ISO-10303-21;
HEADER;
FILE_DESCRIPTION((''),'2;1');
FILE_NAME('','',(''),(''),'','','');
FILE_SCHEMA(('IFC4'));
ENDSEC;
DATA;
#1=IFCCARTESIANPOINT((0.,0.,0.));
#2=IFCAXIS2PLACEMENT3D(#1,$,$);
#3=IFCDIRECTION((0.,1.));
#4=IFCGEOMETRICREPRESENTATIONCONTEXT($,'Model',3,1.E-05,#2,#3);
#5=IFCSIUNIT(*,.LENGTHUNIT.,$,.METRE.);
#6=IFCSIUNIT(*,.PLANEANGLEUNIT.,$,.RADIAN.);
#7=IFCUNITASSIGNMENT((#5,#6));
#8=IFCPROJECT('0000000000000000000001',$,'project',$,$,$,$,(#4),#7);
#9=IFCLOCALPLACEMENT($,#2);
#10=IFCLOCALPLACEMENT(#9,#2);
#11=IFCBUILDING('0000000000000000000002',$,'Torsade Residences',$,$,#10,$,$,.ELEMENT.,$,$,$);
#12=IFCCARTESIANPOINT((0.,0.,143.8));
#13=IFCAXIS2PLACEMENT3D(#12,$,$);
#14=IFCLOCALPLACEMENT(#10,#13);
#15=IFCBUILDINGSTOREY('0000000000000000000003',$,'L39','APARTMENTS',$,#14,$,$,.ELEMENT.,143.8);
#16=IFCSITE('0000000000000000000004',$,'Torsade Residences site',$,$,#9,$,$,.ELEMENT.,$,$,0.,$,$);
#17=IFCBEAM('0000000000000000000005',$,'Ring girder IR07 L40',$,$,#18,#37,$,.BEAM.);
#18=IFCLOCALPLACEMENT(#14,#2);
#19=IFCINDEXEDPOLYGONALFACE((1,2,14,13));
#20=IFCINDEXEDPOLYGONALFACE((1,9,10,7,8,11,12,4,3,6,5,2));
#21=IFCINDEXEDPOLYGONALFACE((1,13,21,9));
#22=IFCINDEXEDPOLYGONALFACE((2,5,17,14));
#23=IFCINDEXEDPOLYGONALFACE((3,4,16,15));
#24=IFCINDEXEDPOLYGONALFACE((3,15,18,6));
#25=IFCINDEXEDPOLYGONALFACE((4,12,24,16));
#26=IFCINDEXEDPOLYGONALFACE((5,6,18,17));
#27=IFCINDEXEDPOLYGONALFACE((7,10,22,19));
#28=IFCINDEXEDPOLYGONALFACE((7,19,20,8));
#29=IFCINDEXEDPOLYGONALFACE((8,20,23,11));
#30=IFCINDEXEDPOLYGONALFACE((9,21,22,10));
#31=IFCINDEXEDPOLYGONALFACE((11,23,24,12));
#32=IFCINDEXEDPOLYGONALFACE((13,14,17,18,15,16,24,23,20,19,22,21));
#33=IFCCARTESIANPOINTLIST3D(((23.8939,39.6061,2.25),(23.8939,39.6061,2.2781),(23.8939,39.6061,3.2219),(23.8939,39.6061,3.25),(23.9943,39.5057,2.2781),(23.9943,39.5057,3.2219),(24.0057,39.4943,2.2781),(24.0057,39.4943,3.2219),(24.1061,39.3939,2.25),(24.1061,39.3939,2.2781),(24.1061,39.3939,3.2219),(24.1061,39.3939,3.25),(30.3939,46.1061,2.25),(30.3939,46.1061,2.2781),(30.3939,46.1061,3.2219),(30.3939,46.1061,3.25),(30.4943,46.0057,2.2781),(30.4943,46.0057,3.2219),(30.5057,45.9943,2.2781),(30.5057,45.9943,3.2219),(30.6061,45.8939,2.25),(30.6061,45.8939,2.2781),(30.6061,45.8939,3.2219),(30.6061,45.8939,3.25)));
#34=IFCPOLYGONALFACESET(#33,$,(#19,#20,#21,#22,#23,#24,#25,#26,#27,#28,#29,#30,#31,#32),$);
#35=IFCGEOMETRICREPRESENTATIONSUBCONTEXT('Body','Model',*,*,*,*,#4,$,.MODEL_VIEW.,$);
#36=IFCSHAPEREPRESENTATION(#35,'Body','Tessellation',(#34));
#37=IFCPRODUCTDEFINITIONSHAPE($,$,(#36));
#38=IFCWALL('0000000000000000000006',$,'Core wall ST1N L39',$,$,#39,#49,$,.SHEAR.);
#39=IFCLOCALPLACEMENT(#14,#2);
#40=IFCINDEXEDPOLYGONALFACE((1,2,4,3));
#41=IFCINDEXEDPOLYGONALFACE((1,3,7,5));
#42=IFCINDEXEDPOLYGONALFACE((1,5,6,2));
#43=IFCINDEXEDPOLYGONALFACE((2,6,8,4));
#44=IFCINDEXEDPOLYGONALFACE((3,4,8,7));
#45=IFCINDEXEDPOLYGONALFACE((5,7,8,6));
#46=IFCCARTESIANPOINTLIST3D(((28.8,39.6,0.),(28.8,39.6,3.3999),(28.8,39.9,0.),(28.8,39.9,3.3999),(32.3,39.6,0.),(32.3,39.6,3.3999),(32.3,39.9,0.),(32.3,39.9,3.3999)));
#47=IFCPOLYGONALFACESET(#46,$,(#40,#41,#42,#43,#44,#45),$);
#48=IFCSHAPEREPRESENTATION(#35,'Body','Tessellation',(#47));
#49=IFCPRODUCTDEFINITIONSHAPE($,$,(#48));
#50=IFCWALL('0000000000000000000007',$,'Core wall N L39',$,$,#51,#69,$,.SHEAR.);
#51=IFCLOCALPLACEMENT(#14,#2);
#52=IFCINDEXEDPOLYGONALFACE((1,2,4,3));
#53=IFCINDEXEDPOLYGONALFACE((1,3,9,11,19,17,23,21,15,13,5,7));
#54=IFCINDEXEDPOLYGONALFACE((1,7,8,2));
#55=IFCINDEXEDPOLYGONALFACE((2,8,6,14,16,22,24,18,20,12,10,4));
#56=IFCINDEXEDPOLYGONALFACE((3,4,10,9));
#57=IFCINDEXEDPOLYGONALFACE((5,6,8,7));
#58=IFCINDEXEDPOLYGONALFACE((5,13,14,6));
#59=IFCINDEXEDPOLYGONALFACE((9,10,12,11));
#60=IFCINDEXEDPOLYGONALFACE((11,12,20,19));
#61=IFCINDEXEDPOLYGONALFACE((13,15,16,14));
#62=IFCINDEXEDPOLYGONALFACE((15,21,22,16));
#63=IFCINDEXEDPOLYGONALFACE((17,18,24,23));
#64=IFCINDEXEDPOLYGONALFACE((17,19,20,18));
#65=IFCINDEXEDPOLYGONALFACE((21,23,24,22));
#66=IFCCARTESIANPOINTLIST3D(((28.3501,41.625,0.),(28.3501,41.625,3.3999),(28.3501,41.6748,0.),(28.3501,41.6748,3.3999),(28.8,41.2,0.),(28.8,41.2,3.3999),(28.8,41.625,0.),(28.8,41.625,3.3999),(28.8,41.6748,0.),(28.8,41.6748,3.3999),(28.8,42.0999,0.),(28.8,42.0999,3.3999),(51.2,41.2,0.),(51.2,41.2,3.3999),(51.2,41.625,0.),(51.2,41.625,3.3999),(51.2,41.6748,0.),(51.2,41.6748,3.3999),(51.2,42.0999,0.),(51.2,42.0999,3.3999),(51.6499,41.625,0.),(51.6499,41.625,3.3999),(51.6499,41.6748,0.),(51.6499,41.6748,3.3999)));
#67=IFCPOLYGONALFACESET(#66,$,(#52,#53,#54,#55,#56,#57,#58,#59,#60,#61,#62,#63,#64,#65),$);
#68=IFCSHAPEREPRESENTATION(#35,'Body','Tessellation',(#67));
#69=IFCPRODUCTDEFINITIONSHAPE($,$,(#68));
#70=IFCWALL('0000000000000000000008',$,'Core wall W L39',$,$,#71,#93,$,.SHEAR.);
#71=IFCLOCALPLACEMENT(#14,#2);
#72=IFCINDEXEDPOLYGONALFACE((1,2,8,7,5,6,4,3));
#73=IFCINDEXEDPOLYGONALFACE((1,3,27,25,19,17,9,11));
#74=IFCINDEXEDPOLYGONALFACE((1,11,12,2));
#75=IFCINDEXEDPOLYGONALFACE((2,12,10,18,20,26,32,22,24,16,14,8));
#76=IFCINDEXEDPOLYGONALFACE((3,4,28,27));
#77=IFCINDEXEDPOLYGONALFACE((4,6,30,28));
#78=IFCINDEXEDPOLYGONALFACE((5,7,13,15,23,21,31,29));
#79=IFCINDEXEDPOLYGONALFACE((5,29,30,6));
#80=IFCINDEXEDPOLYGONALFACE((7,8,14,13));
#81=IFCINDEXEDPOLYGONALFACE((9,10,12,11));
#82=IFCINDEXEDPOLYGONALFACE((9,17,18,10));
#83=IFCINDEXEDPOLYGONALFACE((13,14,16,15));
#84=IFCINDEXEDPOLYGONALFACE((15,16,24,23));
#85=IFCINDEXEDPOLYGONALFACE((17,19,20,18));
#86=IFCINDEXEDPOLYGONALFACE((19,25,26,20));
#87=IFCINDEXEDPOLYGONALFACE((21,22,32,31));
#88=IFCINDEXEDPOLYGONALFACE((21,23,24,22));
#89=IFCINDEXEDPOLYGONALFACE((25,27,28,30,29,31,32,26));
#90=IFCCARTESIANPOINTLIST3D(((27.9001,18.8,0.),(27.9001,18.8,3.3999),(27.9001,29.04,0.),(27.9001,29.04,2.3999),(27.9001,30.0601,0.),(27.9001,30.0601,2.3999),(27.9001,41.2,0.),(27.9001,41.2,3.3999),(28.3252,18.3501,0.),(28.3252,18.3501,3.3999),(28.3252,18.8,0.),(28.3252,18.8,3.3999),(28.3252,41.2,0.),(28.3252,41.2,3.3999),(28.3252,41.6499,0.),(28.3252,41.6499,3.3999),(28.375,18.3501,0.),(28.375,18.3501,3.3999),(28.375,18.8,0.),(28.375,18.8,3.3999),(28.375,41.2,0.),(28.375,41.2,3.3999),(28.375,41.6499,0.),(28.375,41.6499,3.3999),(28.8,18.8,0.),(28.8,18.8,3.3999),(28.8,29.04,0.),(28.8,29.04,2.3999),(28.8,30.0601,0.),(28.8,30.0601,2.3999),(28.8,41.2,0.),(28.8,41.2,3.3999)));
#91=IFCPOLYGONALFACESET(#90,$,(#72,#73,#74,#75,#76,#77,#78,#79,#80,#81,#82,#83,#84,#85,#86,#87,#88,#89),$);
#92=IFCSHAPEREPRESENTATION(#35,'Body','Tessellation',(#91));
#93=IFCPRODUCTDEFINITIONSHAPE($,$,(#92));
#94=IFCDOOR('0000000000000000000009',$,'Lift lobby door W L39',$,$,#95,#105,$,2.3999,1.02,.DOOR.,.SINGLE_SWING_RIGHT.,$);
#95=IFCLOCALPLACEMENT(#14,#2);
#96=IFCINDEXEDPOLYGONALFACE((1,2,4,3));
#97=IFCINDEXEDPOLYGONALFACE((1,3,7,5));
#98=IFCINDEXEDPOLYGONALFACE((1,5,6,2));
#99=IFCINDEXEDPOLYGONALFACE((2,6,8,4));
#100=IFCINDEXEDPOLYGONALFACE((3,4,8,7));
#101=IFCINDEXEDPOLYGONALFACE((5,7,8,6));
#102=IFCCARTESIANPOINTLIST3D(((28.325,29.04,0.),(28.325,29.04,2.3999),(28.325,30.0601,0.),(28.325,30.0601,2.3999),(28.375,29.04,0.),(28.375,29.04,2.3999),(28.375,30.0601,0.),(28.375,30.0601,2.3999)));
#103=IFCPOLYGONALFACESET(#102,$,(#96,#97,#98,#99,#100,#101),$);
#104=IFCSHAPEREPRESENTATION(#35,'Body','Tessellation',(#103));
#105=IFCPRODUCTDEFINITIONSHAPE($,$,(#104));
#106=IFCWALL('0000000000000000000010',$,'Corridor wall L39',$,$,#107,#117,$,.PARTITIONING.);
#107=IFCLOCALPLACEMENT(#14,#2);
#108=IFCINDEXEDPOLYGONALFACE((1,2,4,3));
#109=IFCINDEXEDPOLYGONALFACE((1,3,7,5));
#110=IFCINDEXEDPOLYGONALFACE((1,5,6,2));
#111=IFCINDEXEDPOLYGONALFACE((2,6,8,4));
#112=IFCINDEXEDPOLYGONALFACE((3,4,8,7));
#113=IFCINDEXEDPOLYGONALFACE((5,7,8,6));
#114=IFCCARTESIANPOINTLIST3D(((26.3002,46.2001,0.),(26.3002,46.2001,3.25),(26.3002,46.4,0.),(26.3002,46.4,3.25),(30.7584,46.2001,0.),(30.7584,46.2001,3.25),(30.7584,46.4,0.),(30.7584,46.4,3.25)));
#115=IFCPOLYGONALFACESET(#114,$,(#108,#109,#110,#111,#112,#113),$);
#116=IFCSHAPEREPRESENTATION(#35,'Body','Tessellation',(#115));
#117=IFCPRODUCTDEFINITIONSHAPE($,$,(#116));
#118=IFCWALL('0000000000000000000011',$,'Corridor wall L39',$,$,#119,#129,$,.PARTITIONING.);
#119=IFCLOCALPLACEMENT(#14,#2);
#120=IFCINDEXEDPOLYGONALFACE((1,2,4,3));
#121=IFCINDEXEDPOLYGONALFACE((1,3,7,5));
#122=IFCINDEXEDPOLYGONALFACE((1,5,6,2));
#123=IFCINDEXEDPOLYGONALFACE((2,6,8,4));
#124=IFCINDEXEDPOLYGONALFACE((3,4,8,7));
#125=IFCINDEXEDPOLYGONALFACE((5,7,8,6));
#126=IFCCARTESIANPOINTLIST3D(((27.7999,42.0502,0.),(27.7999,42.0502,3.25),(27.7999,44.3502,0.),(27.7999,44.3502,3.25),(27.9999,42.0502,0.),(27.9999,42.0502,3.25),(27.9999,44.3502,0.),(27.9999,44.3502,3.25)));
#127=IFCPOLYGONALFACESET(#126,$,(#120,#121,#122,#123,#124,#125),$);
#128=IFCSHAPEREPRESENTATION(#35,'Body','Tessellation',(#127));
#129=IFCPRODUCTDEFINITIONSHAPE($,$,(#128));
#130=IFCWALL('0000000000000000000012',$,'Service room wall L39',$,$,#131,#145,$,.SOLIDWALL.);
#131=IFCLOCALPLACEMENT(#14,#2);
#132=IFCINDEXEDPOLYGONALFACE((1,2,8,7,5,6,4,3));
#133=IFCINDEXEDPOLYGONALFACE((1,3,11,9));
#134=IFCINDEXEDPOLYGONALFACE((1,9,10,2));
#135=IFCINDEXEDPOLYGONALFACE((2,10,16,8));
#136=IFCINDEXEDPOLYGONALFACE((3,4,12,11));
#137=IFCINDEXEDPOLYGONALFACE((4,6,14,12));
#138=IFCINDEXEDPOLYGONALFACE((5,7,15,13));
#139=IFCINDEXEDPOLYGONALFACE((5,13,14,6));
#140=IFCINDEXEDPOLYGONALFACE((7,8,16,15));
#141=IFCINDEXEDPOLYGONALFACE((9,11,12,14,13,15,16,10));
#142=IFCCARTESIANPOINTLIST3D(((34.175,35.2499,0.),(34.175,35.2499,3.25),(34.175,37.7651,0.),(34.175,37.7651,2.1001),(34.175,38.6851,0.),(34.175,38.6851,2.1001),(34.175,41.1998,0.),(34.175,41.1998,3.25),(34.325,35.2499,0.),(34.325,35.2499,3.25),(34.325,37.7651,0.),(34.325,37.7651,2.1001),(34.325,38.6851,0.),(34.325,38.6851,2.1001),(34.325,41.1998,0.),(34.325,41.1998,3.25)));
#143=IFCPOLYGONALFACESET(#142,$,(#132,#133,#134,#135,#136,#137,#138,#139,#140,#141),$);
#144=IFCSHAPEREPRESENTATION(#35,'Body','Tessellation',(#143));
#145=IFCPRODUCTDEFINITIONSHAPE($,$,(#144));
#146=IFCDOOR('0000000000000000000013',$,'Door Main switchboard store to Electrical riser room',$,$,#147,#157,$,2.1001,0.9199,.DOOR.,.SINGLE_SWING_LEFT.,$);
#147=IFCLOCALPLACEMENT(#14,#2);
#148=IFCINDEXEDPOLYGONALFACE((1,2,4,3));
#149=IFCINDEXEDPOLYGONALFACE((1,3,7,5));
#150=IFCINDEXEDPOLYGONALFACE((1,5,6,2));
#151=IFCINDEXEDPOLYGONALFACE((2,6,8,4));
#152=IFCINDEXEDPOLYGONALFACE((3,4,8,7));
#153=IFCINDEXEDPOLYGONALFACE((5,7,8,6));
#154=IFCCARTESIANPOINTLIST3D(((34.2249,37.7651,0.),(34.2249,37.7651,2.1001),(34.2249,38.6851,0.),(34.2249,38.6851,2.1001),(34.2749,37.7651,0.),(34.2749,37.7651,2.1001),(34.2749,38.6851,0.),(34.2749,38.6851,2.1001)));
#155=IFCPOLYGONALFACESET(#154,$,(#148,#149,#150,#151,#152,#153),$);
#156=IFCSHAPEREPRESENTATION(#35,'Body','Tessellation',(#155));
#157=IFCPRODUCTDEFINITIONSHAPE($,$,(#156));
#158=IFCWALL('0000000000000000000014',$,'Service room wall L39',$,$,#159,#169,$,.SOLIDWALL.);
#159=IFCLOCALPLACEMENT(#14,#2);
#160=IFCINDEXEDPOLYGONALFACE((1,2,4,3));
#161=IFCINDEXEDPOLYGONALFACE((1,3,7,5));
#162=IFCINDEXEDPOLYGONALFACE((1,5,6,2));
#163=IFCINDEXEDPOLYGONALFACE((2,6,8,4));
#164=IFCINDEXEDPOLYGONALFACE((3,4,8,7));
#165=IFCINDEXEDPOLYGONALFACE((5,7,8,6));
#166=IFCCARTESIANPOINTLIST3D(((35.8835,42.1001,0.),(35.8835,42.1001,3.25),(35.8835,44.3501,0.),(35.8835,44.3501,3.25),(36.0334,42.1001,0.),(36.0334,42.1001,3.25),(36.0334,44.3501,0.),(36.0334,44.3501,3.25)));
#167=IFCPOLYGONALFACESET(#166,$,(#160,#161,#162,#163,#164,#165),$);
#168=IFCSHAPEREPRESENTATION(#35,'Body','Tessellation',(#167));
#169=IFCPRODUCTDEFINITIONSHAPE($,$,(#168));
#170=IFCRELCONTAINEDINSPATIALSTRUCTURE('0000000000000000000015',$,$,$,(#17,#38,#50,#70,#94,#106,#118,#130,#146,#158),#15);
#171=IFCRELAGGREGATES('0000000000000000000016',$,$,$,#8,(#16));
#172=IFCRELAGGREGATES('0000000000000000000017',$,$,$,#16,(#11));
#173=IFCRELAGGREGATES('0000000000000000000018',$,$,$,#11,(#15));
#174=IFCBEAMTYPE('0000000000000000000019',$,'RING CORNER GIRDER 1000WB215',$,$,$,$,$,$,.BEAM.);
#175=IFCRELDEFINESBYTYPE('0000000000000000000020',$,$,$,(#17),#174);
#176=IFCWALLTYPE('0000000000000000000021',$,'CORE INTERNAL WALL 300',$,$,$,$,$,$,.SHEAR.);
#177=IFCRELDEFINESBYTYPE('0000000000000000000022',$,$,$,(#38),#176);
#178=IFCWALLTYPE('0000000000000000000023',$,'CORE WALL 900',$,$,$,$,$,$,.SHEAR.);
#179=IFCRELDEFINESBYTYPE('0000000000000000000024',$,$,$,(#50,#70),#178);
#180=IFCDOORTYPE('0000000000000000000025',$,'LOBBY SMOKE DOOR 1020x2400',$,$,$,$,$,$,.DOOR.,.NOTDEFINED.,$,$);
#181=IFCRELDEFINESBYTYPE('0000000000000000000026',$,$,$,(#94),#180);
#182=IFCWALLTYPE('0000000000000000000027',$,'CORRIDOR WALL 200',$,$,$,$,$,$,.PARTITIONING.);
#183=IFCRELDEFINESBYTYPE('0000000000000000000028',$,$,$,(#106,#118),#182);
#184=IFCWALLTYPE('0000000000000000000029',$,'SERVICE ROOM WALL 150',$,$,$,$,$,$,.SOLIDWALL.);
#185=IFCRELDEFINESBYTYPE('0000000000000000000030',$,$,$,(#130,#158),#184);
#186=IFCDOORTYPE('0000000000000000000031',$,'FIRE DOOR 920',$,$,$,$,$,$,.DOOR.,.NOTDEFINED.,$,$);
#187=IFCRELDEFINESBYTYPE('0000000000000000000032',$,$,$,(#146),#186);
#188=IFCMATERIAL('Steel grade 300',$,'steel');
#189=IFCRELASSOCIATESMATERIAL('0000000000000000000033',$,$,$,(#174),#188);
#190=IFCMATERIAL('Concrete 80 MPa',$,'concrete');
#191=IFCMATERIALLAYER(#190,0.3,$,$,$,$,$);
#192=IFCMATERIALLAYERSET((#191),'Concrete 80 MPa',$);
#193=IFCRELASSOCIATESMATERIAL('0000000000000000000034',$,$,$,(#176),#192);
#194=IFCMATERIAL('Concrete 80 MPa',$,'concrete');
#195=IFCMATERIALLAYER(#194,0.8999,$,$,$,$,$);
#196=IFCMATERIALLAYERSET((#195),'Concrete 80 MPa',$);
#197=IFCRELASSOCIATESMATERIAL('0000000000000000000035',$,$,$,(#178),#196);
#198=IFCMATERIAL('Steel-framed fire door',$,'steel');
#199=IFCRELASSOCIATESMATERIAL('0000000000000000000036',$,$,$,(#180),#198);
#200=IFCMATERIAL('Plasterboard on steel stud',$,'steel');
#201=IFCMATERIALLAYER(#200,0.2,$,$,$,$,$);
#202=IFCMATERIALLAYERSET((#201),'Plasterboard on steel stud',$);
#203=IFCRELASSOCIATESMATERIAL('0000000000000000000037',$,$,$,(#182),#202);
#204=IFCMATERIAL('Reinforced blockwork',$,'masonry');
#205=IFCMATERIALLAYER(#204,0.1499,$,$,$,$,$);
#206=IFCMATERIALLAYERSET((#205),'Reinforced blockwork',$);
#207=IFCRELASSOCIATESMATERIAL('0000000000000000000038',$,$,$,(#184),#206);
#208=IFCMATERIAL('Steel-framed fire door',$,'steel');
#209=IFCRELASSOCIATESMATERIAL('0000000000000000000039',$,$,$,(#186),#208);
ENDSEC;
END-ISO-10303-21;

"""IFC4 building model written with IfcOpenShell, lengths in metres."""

from ifc_helpers import new_model, si_unit, direction, frame, frame_2d, origin, origin_2d, place, context, subcontext, project, spatial, polyline, rectangle, i_section, outline, extrude, material, layer, layer_set, material_profile, profile_set, type_object, element, fill, save


model = new_model("IFC4")

# Units and contexts
model_context = context("Model", 3, precision=1e-05, world=origin(), true_north=direction((0.0, 1.0)))
body_context = subcontext(model_context, "Body", "Model", "MODEL_VIEW")
ifc_project = project(units=[si_unit("LENGTHUNIT", "METRE"), si_unit("PLANEANGLEUNIT", "RADIAN")], contexts=[model_context])

# Site, building, storey
site_placement = place(None, origin())
site = spatial("IfcSite", under=ifc_project, at=site_placement, Name="Torsade Residences site", CompositionType="ELEMENT", RefElevation=0.0)
building_placement = place(site_placement, origin())
building = spatial("IfcBuilding", under=site, at=building_placement, Name="Torsade Residences", CompositionType="ELEMENT")
storey_placement = place(building_placement, frame((0.0, 0.0, 143.8)))
storey = spatial("IfcBuildingStorey", under=building, at=storey_placement, Name="L39", Description="APARTMENTS", CompositionType="ELEMENT", Elevation=143.8)

# Beam
ifc_material_1 = material(Name="Steel grade 300", Category="steel")
ifc_material_profile_1 = material_profile(ifc_material_1, i_section(OverallWidth=0.3, OverallDepth=1.0, WebThickness=0.0161, FlangeThickness=0.0281, at=origin_2d()), Name="1000WB215")
ifc_profile_set_1 = profile_set([ifc_material_profile_1], Name="Steel grade 300")
beam_type_1 = type_object("IfcBeamType", Name="RING CORNER GIRDER 1000WB215", PredefinedType="BEAM", material=ifc_profile_set_1)
beam_1_placement = place(storey_placement, frame((30.5, 46.0, 2.75), z_axis=(-0.707107, -0.707107, 0.0), x_axis=(0.707107, -0.707107, 0.0)))
element("IfcBeam", 1, at=beam_1_placement, inside=storey, type_object=beam_type_1, Name="Ring girder IR07 L40", PredefinedType="BEAM", context=body_context, shape_type="SweptSolid", body=[
    extrude(i_section(OverallWidth=0.3, OverallDepth=1.0, WebThickness=0.0161, FlangeThickness=0.0281, at=origin_2d()), origin(), (0.0, 0.0, 1.0), 9.1924),
])

# Walls
ifc_material_2 = material(Name="Concrete 80 MPa", Category="concrete")
ifc_layer_1 = layer(ifc_material_2, 0.3)
ifc_layer_set_1 = layer_set([ifc_layer_1], Name="Concrete 80 MPa")
wall_type_1 = type_object("IfcWallType", Name="CORE INTERNAL WALL 300", PredefinedType="SHEAR", material=ifc_layer_set_1)
wall_1_placement = place(storey_placement, frame((28.8, 39.75, 0.0), z_axis=(0.0, 0.0, 1.0), x_axis=(1.0, 0.0, 0.0)))
element("IfcWall", 2, at=wall_1_placement, inside=storey, type_object=wall_type_1, Name="Core wall ST1N L39", PredefinedType="SHEAR", context=body_context, shape_type="SweptSolid", body=[
    extrude(rectangle(XDim=3.5, YDim=0.3, at=frame_2d((1.75, 0.0))), origin(), (0.0, 0.0, 1.0), 3.3999),
])
ifc_material_3 = material(Name="Concrete 80 MPa", Category="concrete")
ifc_layer_2 = layer(ifc_material_3, 0.8999)
ifc_layer_set_2 = layer_set([ifc_layer_2], Name="Concrete 80 MPa")
wall_type_2 = type_object("IfcWallType", Name="CORE WALL 900", PredefinedType="SHEAR", material=ifc_layer_set_2)
wall_2_placement = place(storey_placement, frame((28.8, 41.6499, 0.0), z_axis=(0.0, 0.0, 1.0), x_axis=(1.0, 0.0, 0.0)))
element("IfcWall", 3, at=wall_2_placement, inside=storey, type_object=wall_type_2, Name="Core wall N L39", PredefinedType="SHEAR", context=body_context, shape_type="SweptSolid", body=[
    extrude(outline(polyline([(0.0, -0.45), (22.3999, -0.45), (22.3999, -0.0249), (22.8499, -0.0249), (22.8499, 0.0249), (22.3999, 0.0249), (22.3999, 0.45), (0.0, 0.45), (0.0, 0.0249), (-0.45, 0.0249), (-0.45, -0.0249), (0.0, -0.0249), (0.0, -0.45)])), origin(), (0.0, 0.0, 1.0), 3.3999),
])

# Wall, opening, door
wall_3_placement = place(storey_placement, frame((28.3501, 41.2, 0.0), z_axis=(0.0, 0.0, 1.0), x_axis=(0.0, -1.0, 0.0)))
wall_3 = element("IfcWall", 4, at=wall_3_placement, inside=storey, type_object=wall_type_2, Name="Core wall W L39", PredefinedType="SHEAR", context=body_context, shape_type="SweptSolid", body=[
    extrude(outline(polyline([(0.0, -0.45), (22.3999, -0.45), (22.3999, -0.0249), (22.8499, -0.0249), (22.8499, 0.0249), (22.3999, 0.0249), (22.3999, 0.45), (0.0, 0.45), (0.0, 0.0249), (-0.45, 0.0249), (-0.45, -0.0249), (0.0, -0.0249), (0.0, -0.45)])), origin(), (0.0, 0.0, 1.0), 3.3999),
])
opening_1_placement = place(wall_3_placement, frame((11.1399, 0.0, 0.0)))
opening_1 = element("IfcOpeningElement", 5, at=opening_1_placement, cuts=wall_3, PredefinedType="OPENING", context=body_context, shape_type="SweptSolid", body=[
    extrude(rectangle(XDim=1.02, YDim=2.3999, at=frame_2d((0.51, 1.2))), frame((0.0, 0.46, 0.0), z_axis=(0.0, -1.0, 0.0), x_axis=(1.0, 0.0, 0.0)), (0.0, 0.0, 1.0), 0.9199),
])
ifc_material_4 = material(Name="Steel-framed fire door", Category="steel")
door_type_1 = type_object("IfcDoorType", Name="LOBBY SMOKE DOOR 1020x2400", OperationType="NOTDEFINED", PredefinedType="DOOR", material=ifc_material_4)
door_1_placement = place(opening_1_placement, origin())
door_1 = element("IfcDoor", 6, at=door_1_placement, inside=storey, type_object=door_type_1, Name="Lift lobby door W L39", OperationType="SINGLE_SWING_RIGHT", OverallHeight=2.3999, OverallWidth=1.02, PredefinedType="DOOR", context=body_context, shape_type="SweptSolid", body=[
    extrude(rectangle(XDim=1.02, YDim=2.3999, at=frame_2d((0.51, 1.2))), frame((0.0, 0.0249, 0.0), z_axis=(0.0, -1.0, 0.0), x_axis=(1.0, 0.0, 0.0)), (0.0, 0.0, 1.0), 0.05),
])
fill(opening_1, door_1)

# Walls
ifc_material_5 = material(Name="Plasterboard on steel stud", Category="steel")
ifc_layer_3 = layer(ifc_material_5, 0.2)
ifc_layer_set_3 = layer_set([ifc_layer_3], Name="Plasterboard on steel stud")
wall_type_3 = type_object("IfcWallType", Name="CORRIDOR WALL 200", PredefinedType="PARTITIONING", material=ifc_layer_set_3)
wall_4_placement = place(storey_placement, frame((30.7583, 46.3, 0.0), z_axis=(0.0, 0.0, 1.0), x_axis=(-1.0, 0.0, 0.0)))
element("IfcWall", 7, at=wall_4_placement, inside=storey, type_object=wall_type_3, Name="Corridor wall L39", PredefinedType="PARTITIONING", context=body_context, shape_type="SweptSolid", body=[
    extrude(rectangle(XDim=4.4583, YDim=0.2, at=frame_2d((2.229, 0.0))), origin(), (0.0, 0.0, 1.0), 3.25),
])
wall_5_placement = place(storey_placement, frame((27.8999, 44.3501, 0.0), z_axis=(0.0, 0.0, 1.0), x_axis=(0.0, -1.0, 0.0)))
element("IfcWall", 8, at=wall_5_placement, inside=storey, type_object=wall_type_3, Name="Corridor wall L39", PredefinedType="PARTITIONING", context=body_context, shape_type="SweptSolid", body=[
    extrude(rectangle(XDim=2.3, YDim=0.2, at=frame_2d((1.1499, 0.0))), origin(), (0.0, 0.0, 1.0), 3.25),
])

# Wall, opening, door
ifc_material_6 = material(Name="Reinforced blockwork", Category="masonry")
ifc_layer_4 = layer(ifc_material_6, 0.1499)
ifc_layer_set_4 = layer_set([ifc_layer_4], Name="Reinforced blockwork")
wall_type_4 = type_object("IfcWallType", Name="SERVICE ROOM WALL 150", PredefinedType="SOLIDWALL", material=ifc_layer_set_4)
wall_6_placement = place(storey_placement, frame((34.25, 41.2, 0.0), z_axis=(0.0, 0.0, 1.0), x_axis=(0.0, -1.0, 0.0)))
wall_6 = element("IfcWall", 9, at=wall_6_placement, inside=storey, type_object=wall_type_4, Name="Service room wall L39", PredefinedType="SOLIDWALL", context=body_context, shape_type="SweptSolid", body=[
    extrude(rectangle(XDim=5.95, YDim=0.1499, at=frame_2d((2.9751, 0.0))), origin(), (0.0, 0.0, 1.0), 3.25),
])
opening_2_placement = place(wall_6_placement, frame((2.5149, 0.0, 0.0)))
opening_2 = element("IfcOpeningElement", 10, at=opening_2_placement, cuts=wall_6, PredefinedType="OPENING", context=body_context, shape_type="SweptSolid", body=[
    extrude(rectangle(XDim=0.9199, YDim=2.1001, at=frame_2d((0.46, 1.05))), frame((0.0, 0.085, 0.0), z_axis=(0.0, -1.0, 0.0), x_axis=(1.0, 0.0, 0.0)), (0.0, 0.0, 1.0), 0.1699),
])
ifc_material_7 = material(Name="Steel-framed fire door", Category="steel")
door_type_2 = type_object("IfcDoorType", Name="FIRE DOOR 920", OperationType="NOTDEFINED", PredefinedType="DOOR", material=ifc_material_7)
door_2_placement = place(opening_2_placement, origin())
door_2 = element("IfcDoor", 11, at=door_2_placement, inside=storey, type_object=door_type_2, Name="Door Main switchboard store to Electrical riser room", OperationType="SINGLE_SWING_LEFT", OverallHeight=2.1001, OverallWidth=0.9199, PredefinedType="DOOR", context=body_context, shape_type="SweptSolid", body=[
    extrude(rectangle(XDim=0.9199, YDim=2.1001, at=frame_2d((0.46, 1.05))), frame((0.0, 0.0249, 0.0), z_axis=(0.0, -1.0, 0.0), x_axis=(1.0, 0.0, 0.0)), (0.0, 0.0, 1.0), 0.05),
])
fill(opening_2, door_2)

# Wall
wall_7_placement = place(storey_placement, frame((35.9585, 42.1001, 0.0), z_axis=(0.0, 0.0, 1.0), x_axis=(0.0, 1.0, 0.0)))
element("IfcWall", 12, at=wall_7_placement, inside=storey, type_object=wall_type_4, Name="Service room wall L39", PredefinedType="SOLIDWALL", context=body_context, shape_type="SweptSolid", body=[
    extrude(rectangle(XDim=2.25, YDim=0.1499, at=frame_2d((1.125, 0.0))), origin(), (0.0, 0.0, 1.0), 3.25),
])

save(model, "model.ifc")
